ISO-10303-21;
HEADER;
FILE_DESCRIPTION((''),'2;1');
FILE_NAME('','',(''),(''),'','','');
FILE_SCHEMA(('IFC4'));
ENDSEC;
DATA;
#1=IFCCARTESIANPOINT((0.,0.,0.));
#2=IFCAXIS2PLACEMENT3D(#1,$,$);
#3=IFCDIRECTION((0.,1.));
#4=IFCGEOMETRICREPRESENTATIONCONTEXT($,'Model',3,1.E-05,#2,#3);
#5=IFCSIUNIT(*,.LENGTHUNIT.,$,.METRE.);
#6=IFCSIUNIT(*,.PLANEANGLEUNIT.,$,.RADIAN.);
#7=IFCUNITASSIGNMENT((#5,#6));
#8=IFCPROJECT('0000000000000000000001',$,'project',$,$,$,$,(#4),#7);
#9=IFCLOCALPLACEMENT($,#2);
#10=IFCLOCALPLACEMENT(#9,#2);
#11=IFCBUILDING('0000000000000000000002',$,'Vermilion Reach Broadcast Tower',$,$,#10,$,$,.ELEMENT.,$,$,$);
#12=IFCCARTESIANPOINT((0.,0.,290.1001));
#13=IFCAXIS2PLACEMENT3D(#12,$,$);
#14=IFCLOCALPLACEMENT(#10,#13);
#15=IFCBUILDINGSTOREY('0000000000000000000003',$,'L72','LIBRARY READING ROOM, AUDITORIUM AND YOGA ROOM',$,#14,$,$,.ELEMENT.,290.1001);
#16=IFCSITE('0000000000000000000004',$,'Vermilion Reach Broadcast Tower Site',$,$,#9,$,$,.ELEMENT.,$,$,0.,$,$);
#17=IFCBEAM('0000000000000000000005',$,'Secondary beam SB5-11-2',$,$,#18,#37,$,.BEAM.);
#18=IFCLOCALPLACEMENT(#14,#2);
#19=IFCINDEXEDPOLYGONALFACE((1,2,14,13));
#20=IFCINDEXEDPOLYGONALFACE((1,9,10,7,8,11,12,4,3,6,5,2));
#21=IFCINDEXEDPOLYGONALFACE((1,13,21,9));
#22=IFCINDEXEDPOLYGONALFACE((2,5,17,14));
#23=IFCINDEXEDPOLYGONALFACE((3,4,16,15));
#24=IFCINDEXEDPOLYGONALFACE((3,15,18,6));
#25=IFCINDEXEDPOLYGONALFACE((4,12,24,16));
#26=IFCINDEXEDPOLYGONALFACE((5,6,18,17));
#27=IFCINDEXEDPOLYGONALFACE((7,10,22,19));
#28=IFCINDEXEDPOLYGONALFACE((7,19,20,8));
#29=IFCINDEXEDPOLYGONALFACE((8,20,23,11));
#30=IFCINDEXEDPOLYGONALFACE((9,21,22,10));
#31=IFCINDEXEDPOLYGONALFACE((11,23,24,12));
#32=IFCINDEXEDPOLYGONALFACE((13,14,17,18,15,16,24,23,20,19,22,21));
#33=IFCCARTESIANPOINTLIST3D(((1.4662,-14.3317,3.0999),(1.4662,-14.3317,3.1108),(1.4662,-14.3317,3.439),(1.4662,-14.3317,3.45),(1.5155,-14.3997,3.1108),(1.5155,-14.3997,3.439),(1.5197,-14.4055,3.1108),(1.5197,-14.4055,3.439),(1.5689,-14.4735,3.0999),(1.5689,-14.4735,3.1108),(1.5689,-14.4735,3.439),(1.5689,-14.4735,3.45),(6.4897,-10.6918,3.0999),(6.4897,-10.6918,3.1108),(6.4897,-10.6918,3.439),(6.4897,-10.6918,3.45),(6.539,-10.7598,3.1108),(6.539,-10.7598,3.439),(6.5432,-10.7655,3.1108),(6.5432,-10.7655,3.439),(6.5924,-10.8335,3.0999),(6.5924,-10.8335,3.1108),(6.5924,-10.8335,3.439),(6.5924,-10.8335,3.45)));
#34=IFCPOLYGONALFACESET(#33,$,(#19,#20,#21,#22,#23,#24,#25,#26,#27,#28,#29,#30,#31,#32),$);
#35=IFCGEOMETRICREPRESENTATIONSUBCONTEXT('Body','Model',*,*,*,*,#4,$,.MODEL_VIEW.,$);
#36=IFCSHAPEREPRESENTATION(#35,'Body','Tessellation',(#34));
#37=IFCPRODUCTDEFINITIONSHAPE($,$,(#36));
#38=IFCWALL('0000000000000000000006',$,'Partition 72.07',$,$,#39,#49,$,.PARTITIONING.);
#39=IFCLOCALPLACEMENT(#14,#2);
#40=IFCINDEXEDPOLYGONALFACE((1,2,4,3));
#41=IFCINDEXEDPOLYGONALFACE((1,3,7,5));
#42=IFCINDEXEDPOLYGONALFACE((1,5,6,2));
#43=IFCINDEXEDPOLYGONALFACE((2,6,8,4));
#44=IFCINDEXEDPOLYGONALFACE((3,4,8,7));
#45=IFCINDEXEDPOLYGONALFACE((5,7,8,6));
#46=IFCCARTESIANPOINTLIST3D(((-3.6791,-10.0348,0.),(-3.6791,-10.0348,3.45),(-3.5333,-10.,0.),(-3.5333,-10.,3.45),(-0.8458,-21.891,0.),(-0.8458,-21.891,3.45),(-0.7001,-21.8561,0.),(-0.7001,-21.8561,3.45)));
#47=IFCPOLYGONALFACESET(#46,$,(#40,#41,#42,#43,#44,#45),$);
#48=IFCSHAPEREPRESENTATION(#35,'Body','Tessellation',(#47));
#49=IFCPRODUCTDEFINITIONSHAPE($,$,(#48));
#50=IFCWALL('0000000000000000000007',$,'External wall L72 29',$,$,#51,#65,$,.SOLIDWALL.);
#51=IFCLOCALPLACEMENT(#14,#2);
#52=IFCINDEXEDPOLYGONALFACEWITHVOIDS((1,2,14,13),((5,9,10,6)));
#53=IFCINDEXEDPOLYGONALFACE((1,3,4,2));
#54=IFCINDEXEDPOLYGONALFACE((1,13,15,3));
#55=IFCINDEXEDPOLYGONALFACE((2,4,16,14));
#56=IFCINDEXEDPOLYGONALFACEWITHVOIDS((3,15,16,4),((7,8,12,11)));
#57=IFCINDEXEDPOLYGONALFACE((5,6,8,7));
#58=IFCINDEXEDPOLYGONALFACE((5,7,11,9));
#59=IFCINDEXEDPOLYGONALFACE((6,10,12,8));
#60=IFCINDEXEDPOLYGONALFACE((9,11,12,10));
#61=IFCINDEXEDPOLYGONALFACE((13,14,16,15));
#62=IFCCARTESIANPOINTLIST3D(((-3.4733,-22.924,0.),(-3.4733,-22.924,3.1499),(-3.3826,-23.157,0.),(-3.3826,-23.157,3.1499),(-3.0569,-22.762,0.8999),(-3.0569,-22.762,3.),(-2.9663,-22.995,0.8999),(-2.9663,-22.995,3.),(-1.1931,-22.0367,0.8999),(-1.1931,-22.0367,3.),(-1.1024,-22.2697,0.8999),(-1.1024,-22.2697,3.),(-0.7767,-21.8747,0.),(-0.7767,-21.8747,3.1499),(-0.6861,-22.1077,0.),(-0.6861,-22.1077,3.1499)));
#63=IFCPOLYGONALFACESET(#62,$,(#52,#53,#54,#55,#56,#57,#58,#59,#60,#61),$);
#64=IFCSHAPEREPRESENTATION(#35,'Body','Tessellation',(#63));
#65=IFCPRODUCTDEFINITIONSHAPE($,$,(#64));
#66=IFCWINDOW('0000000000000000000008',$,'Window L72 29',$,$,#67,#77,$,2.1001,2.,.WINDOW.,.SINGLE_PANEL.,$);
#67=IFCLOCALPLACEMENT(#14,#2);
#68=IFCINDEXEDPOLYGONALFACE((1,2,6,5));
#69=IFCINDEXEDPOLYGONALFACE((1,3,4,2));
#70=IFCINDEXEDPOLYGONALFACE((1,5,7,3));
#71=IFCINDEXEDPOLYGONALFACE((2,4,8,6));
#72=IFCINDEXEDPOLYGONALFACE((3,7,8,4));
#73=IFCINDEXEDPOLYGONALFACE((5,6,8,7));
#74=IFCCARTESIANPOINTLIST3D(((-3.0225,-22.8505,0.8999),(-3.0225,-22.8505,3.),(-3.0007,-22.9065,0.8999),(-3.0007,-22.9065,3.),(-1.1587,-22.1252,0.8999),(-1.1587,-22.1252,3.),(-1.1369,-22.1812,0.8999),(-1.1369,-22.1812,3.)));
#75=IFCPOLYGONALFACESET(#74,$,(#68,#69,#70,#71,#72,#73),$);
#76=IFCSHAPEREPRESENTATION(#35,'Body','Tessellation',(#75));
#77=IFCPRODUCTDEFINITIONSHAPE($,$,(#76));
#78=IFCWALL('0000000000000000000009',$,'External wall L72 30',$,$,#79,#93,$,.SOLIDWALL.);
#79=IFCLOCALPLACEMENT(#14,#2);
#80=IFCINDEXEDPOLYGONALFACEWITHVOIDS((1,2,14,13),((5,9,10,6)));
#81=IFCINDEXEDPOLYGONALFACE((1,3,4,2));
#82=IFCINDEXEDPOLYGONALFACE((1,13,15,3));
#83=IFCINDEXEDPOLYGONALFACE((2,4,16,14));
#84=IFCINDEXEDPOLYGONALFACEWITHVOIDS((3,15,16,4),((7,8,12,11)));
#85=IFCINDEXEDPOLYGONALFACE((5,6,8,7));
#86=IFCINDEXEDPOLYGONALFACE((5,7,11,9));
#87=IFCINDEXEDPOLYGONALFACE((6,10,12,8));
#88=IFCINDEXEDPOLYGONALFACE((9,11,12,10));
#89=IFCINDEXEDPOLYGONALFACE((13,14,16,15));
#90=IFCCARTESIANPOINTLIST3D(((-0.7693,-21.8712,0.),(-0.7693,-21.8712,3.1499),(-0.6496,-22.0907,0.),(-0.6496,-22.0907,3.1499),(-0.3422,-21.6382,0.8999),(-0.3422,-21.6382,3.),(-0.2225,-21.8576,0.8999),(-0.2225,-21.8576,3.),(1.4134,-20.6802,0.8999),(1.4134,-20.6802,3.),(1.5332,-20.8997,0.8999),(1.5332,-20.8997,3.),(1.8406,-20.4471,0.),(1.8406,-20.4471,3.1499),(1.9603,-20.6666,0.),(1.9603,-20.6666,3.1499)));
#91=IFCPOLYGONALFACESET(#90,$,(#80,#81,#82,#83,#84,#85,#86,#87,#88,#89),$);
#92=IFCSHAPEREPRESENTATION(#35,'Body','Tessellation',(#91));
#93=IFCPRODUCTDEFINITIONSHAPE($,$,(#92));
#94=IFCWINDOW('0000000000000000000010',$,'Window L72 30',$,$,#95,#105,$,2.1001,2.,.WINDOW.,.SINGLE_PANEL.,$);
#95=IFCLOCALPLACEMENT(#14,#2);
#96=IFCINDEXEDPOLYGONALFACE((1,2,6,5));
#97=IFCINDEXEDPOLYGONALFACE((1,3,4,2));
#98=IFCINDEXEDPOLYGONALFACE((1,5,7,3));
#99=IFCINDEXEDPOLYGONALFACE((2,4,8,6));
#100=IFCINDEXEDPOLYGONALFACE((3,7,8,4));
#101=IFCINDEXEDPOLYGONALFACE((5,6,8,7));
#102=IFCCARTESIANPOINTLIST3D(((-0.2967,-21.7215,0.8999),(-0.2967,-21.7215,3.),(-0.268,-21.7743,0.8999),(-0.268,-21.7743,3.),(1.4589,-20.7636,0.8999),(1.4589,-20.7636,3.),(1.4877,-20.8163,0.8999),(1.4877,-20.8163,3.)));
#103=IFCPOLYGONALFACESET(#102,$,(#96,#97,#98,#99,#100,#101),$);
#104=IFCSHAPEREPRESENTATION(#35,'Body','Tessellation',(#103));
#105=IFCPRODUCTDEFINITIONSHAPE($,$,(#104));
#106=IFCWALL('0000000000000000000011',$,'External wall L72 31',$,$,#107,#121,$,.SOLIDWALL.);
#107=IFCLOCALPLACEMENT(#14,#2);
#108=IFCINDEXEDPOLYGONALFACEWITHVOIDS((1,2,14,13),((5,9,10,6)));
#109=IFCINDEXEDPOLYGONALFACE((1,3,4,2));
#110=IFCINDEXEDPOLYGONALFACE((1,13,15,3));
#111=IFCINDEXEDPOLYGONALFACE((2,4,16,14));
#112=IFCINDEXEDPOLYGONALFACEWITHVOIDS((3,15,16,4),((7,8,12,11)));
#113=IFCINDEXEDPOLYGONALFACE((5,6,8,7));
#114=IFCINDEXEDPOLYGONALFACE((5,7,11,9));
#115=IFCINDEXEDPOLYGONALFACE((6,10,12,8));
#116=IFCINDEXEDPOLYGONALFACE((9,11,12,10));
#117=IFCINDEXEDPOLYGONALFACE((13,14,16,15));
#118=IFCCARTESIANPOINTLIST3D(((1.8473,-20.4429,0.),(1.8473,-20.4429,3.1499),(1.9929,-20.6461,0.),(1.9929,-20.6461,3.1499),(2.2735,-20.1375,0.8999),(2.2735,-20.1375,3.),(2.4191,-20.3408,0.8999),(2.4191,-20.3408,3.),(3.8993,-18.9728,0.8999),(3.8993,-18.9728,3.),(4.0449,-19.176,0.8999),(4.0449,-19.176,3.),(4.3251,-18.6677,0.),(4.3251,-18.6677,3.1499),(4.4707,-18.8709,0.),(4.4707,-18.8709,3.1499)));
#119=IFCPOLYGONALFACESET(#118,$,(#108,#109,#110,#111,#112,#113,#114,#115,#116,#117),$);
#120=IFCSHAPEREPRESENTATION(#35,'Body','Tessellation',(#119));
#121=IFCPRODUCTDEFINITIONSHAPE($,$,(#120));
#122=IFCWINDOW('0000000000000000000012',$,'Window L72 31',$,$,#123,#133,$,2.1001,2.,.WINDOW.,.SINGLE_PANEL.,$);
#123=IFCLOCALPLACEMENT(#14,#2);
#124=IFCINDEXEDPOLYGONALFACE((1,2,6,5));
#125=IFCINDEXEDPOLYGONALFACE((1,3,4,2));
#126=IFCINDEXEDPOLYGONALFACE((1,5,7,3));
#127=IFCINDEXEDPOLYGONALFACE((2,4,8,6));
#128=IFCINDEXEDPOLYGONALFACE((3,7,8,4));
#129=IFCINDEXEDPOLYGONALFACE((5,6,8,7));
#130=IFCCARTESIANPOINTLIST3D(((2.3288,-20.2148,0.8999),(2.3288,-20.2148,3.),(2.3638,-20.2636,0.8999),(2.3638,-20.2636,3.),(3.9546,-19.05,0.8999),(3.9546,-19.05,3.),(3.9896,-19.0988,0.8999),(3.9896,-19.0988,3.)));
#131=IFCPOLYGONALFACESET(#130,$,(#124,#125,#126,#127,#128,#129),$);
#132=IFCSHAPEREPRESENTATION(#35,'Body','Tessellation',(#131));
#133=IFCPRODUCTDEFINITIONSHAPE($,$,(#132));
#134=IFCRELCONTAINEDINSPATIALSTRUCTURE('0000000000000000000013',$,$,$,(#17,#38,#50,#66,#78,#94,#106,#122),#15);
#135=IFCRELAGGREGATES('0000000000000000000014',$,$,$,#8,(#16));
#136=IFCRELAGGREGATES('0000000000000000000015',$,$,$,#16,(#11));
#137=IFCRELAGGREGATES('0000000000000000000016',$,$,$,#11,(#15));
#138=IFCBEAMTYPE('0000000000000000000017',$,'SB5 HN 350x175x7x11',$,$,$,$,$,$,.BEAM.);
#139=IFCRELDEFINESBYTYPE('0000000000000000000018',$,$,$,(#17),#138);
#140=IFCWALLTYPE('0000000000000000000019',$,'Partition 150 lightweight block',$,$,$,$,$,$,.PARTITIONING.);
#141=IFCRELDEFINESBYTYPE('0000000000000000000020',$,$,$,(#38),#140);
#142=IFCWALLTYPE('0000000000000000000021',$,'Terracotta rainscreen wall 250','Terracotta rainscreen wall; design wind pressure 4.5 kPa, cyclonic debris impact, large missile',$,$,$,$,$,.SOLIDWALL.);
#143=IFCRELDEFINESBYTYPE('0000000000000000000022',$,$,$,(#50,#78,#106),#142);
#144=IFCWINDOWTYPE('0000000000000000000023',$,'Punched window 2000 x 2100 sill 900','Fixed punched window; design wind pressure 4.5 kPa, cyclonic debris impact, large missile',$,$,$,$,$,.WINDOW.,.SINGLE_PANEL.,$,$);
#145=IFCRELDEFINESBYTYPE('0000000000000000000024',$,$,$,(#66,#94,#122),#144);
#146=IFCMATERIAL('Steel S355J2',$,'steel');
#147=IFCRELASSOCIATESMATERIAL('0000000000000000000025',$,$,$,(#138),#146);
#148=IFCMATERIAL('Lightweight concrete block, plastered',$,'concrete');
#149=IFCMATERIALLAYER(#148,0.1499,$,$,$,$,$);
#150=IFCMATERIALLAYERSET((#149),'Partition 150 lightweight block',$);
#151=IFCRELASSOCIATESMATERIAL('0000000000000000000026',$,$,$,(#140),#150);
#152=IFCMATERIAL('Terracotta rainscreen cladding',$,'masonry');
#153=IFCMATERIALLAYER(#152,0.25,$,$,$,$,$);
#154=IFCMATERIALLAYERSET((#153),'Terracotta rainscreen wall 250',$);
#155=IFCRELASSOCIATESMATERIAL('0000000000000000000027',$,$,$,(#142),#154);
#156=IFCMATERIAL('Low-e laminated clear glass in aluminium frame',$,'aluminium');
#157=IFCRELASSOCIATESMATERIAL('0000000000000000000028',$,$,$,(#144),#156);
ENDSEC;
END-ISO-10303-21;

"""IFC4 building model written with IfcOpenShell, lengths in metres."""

from ifc_helpers import new_model, si_unit, direction, frame, frame_2d, origin, origin_2d, place, context, subcontext, project, spatial, rectangle, i_section, extrude, material, layer, layer_set, material_profile, profile_set, type_object, element, fill, save


model = new_model("IFC4")

# Units and contexts
model_context = context("Model", 3, precision=1e-05, world=origin(), true_north=direction((0.0, 1.0)))
body_context = subcontext(model_context, "Body", "Model", "MODEL_VIEW")
ifc_project = project(units=[si_unit("LENGTHUNIT", "METRE"), si_unit("PLANEANGLEUNIT", "RADIAN")], contexts=[model_context])

# Site, building, storey
site_placement = place(None, origin())
site = spatial("IfcSite", under=ifc_project, at=site_placement, Name="Vermilion Reach Broadcast Tower Site", CompositionType="ELEMENT", RefElevation=0.0)
building_placement = place(site_placement, origin())
building = spatial("IfcBuilding", under=site, at=building_placement, Name="Vermilion Reach Broadcast Tower", CompositionType="ELEMENT")
storey_placement = place(building_placement, frame((0.0, 0.0, 290.1001)))
storey = spatial("IfcBuildingStorey", under=building, at=storey_placement, Name="L72", Description="LIBRARY READING ROOM, AUDITORIUM AND YOGA ROOM", CompositionType="ELEMENT", Elevation=290.1001)

# Beam
ifc_material_1 = material(Name="Steel S355J2", Category="steel")
ifc_material_profile_1 = material_profile(ifc_material_1, i_section(OverallWidth=0.175, OverallDepth=0.3501, WebThickness=0.0071, FlangeThickness=0.011, at=origin_2d()), Name="S355J2 HN 350x175x7x11")
ifc_profile_set_1 = profile_set([ifc_material_profile_1], Name="Steel S355J2")
beam_type_1 = type_object("IfcBeamType", Name="SB5 HN 350x175x7x11", PredefinedType="BEAM", material=ifc_profile_set_1)
beam_1_placement = place(storey_placement, frame((1.5176, -14.4026, 3.2749), z_axis=(0.809771, 0.586746, 0.0), x_axis=(-0.586746, 0.809771, 0.0)))
element("IfcBeam", 1, at=beam_1_placement, inside=storey, type_object=beam_type_1, Name="Secondary beam SB5-11-2", PredefinedType="BEAM", context=body_context, shape_type="SweptSolid", body=[
    extrude(i_section(OverallWidth=0.175, OverallDepth=0.3501, WebThickness=0.0071, FlangeThickness=0.011, at=origin_2d()), origin(), (0.0, 0.0, 1.0), 6.2036),
])

# Wall
ifc_material_2 = material(Name="Lightweight concrete block, plastered", Category="concrete")
ifc_layer_1 = layer(ifc_material_2, 0.1499)
ifc_layer_set_1 = layer_set([ifc_layer_1], Name="Partition 150 lightweight block")
wall_type_1 = type_object("IfcWallType", Name="Partition 150 lightweight block", PredefinedType="PARTITIONING", material=ifc_layer_set_1)
wall_1_placement = place(storey_placement, frame((-0.7729, -21.8735, 0.0), z_axis=(0.0, 0.0, 1.0), x_axis=(-0.232424, 0.972615, 0.0)))
element("IfcWall", 2, at=wall_1_placement, inside=storey, type_object=wall_type_1, Name="Partition 72.07", PredefinedType="PARTITIONING", context=body_context, shape_type="SweptSolid", body=[
    extrude(rectangle(XDim=12.1899, YDim=0.1499, at=frame_2d((6.095, 0.0))), origin(), (0.0, 0.0, 1.0), 3.45),
])

# Walls, openings, windows
ifc_material_3 = material(Name="Terracotta rainscreen cladding", Category="masonry")
ifc_layer_2 = layer(ifc_material_3, 0.25)
ifc_layer_set_2 = layer_set([ifc_layer_2], Name="Terracotta rainscreen wall 250")
wall_type_2 = type_object("IfcWallType", Name="Terracotta rainscreen wall 250", Description="Terracotta rainscreen wall; design wind pressure 4.5 kPa, cyclonic debris impact, large missile", PredefinedType="SOLIDWALL", material=ifc_layer_set_2)
wall_2_placement = place(storey_placement, frame((-3.428, -23.0405, 0.0), z_axis=(0.0, 0.0, 1.0), x_axis=(0.931927, 0.362646, 0.0)))
wall_2 = element("IfcWall", 3, at=wall_2_placement, inside=storey, type_object=wall_type_2, Name="External wall L72 29", PredefinedType="SOLIDWALL", context=body_context, shape_type="SweptSolid", body=[
    extrude(rectangle(XDim=2.8936, YDim=0.25, at=frame_2d((1.4468, 0.0))), origin(), (0.0, 0.0, 1.0), 3.1499),
])
opening_1_placement = place(wall_2_placement, frame((0.4468, 0.0, 0.8999)))
opening_1 = element("IfcOpeningElement", 4, at=opening_1_placement, cuts=wall_2, PredefinedType="OPENING", context=body_context, shape_type="SweptSolid", body=[
    extrude(rectangle(XDim=2.0, YDim=2.1001, at=frame_2d((1.0, 1.05))), frame((0.0, 0.135, 0.0), z_axis=(0.0, -1.0, 0.0), x_axis=(1.0, 0.0, 0.0)), (0.0, 0.0, 1.0), 0.27),
])
ifc_material_4 = material(Name="Low-e laminated clear glass in aluminium frame", Category="aluminium")
window_type = type_object("IfcWindowType", Name="Punched window 2000 x 2100 sill 900", Description="Fixed punched window; design wind pressure 4.5 kPa, cyclonic debris impact, large missile", PartitioningType="SINGLE_PANEL", PredefinedType="WINDOW", material=ifc_material_4)
window_1_placement = place(opening_1_placement, origin())
window_1 = element("IfcWindow", 5, at=window_1_placement, inside=storey, type_object=window_type, Name="Window L72 29", OverallHeight=2.1001, OverallWidth=2.0, PartitioningType="SINGLE_PANEL", PredefinedType="WINDOW", context=body_context, shape_type="SweptSolid", body=[
    extrude(rectangle(XDim=2.0, YDim=2.1001, at=frame_2d((1.0, 1.05))), frame((0.0, 0.03, 0.0), z_axis=(0.0, -1.0, 0.0), x_axis=(1.0, 0.0, 0.0)), (0.0, 0.0, 1.0), 0.0601),
])
fill(opening_1, window_1)
wall_3_placement = place(storey_placement, frame((-0.7095, -21.981, 0.0), z_axis=(0.0, 0.0, 1.0), x_axis=(0.877823, 0.478984, 0.0)))
wall_3 = element("IfcWall", 6, at=wall_3_placement, inside=storey, type_object=wall_type_2, Name="External wall L72 30", PredefinedType="SOLIDWALL", context=body_context, shape_type="SweptSolid", body=[
    extrude(rectangle(XDim=2.9731, YDim=0.25, at=frame_2d((1.4866, 0.0))), origin(), (0.0, 0.0, 1.0), 3.1499),
])
opening_2_placement = place(wall_3_placement, frame((0.4866, 0.0, 0.8999)))
opening_2 = element("IfcOpeningElement", 7, at=opening_2_placement, cuts=wall_3, PredefinedType="OPENING", context=body_context, shape_type="SweptSolid", body=[
    extrude(rectangle(XDim=2.0, YDim=2.1001, at=frame_2d((1.0, 1.05))), frame((0.0, 0.135, 0.0), z_axis=(0.0, -1.0, 0.0), x_axis=(1.0, 0.0, 0.0)), (0.0, 0.0, 1.0), 0.27),
])
window_2_placement = place(opening_2_placement, origin())
window_2 = element("IfcWindow", 8, at=window_2_placement, inside=storey, type_object=window_type, Name="Window L72 30", OverallHeight=2.1001, OverallWidth=2.0, PartitioningType="SINGLE_PANEL", PredefinedType="WINDOW", context=body_context, shape_type="SweptSolid", body=[
    extrude(rectangle(XDim=2.0, YDim=2.1001, at=frame_2d((1.0, 1.05))), frame((0.0, 0.03, 0.0), z_axis=(0.0, -1.0, 0.0), x_axis=(1.0, 0.0, 0.0)), (0.0, 0.0, 1.0), 0.0601),
])
fill(opening_2, window_2)
wall_4_placement = place(storey_placement, frame((1.9202, -20.5444, 0.0), z_axis=(0.0, 0.0, 1.0), x_axis=(0.81291, 0.582389, 0.0)))
wall_4 = element("IfcWall", 9, at=wall_4_placement, inside=storey, type_object=wall_type_2, Name="External wall L72 31", PredefinedType="SOLIDWALL", context=body_context, shape_type="SweptSolid", body=[
    extrude(rectangle(XDim=3.0481, YDim=0.25, at=frame_2d((1.5239, 0.0))), origin(), (0.0, 0.0, 1.0), 3.1499),
])
opening_3_placement = place(wall_4_placement, frame((0.5242, 0.0, 0.8999)))
opening_3 = element("IfcOpeningElement", 10, at=opening_3_placement, cuts=wall_4, PredefinedType="OPENING", context=body_context, shape_type="SweptSolid", body=[
    extrude(rectangle(XDim=2.0, YDim=2.1001, at=frame_2d((1.0, 1.05))), frame((0.0, 0.135, 0.0), z_axis=(0.0, -1.0, 0.0), x_axis=(1.0, 0.0, 0.0)), (0.0, 0.0, 1.0), 0.27),
])
window_3_placement = place(opening_3_placement, origin())
window_3 = element("IfcWindow", 11, at=window_3_placement, inside=storey, type_object=window_type, Name="Window L72 31", OverallHeight=2.1001, OverallWidth=2.0, PartitioningType="SINGLE_PANEL", PredefinedType="WINDOW", context=body_context, shape_type="SweptSolid", body=[
    extrude(rectangle(XDim=2.0, YDim=2.1001, at=frame_2d((1.0, 1.05))), frame((0.0, 0.03, 0.0), z_axis=(0.0, -1.0, 0.0), x_axis=(1.0, 0.0, 0.0)), (0.0, 0.0, 1.0), 0.0601),
])
fill(opening_3, window_3)

save(model, "model.ifc")
